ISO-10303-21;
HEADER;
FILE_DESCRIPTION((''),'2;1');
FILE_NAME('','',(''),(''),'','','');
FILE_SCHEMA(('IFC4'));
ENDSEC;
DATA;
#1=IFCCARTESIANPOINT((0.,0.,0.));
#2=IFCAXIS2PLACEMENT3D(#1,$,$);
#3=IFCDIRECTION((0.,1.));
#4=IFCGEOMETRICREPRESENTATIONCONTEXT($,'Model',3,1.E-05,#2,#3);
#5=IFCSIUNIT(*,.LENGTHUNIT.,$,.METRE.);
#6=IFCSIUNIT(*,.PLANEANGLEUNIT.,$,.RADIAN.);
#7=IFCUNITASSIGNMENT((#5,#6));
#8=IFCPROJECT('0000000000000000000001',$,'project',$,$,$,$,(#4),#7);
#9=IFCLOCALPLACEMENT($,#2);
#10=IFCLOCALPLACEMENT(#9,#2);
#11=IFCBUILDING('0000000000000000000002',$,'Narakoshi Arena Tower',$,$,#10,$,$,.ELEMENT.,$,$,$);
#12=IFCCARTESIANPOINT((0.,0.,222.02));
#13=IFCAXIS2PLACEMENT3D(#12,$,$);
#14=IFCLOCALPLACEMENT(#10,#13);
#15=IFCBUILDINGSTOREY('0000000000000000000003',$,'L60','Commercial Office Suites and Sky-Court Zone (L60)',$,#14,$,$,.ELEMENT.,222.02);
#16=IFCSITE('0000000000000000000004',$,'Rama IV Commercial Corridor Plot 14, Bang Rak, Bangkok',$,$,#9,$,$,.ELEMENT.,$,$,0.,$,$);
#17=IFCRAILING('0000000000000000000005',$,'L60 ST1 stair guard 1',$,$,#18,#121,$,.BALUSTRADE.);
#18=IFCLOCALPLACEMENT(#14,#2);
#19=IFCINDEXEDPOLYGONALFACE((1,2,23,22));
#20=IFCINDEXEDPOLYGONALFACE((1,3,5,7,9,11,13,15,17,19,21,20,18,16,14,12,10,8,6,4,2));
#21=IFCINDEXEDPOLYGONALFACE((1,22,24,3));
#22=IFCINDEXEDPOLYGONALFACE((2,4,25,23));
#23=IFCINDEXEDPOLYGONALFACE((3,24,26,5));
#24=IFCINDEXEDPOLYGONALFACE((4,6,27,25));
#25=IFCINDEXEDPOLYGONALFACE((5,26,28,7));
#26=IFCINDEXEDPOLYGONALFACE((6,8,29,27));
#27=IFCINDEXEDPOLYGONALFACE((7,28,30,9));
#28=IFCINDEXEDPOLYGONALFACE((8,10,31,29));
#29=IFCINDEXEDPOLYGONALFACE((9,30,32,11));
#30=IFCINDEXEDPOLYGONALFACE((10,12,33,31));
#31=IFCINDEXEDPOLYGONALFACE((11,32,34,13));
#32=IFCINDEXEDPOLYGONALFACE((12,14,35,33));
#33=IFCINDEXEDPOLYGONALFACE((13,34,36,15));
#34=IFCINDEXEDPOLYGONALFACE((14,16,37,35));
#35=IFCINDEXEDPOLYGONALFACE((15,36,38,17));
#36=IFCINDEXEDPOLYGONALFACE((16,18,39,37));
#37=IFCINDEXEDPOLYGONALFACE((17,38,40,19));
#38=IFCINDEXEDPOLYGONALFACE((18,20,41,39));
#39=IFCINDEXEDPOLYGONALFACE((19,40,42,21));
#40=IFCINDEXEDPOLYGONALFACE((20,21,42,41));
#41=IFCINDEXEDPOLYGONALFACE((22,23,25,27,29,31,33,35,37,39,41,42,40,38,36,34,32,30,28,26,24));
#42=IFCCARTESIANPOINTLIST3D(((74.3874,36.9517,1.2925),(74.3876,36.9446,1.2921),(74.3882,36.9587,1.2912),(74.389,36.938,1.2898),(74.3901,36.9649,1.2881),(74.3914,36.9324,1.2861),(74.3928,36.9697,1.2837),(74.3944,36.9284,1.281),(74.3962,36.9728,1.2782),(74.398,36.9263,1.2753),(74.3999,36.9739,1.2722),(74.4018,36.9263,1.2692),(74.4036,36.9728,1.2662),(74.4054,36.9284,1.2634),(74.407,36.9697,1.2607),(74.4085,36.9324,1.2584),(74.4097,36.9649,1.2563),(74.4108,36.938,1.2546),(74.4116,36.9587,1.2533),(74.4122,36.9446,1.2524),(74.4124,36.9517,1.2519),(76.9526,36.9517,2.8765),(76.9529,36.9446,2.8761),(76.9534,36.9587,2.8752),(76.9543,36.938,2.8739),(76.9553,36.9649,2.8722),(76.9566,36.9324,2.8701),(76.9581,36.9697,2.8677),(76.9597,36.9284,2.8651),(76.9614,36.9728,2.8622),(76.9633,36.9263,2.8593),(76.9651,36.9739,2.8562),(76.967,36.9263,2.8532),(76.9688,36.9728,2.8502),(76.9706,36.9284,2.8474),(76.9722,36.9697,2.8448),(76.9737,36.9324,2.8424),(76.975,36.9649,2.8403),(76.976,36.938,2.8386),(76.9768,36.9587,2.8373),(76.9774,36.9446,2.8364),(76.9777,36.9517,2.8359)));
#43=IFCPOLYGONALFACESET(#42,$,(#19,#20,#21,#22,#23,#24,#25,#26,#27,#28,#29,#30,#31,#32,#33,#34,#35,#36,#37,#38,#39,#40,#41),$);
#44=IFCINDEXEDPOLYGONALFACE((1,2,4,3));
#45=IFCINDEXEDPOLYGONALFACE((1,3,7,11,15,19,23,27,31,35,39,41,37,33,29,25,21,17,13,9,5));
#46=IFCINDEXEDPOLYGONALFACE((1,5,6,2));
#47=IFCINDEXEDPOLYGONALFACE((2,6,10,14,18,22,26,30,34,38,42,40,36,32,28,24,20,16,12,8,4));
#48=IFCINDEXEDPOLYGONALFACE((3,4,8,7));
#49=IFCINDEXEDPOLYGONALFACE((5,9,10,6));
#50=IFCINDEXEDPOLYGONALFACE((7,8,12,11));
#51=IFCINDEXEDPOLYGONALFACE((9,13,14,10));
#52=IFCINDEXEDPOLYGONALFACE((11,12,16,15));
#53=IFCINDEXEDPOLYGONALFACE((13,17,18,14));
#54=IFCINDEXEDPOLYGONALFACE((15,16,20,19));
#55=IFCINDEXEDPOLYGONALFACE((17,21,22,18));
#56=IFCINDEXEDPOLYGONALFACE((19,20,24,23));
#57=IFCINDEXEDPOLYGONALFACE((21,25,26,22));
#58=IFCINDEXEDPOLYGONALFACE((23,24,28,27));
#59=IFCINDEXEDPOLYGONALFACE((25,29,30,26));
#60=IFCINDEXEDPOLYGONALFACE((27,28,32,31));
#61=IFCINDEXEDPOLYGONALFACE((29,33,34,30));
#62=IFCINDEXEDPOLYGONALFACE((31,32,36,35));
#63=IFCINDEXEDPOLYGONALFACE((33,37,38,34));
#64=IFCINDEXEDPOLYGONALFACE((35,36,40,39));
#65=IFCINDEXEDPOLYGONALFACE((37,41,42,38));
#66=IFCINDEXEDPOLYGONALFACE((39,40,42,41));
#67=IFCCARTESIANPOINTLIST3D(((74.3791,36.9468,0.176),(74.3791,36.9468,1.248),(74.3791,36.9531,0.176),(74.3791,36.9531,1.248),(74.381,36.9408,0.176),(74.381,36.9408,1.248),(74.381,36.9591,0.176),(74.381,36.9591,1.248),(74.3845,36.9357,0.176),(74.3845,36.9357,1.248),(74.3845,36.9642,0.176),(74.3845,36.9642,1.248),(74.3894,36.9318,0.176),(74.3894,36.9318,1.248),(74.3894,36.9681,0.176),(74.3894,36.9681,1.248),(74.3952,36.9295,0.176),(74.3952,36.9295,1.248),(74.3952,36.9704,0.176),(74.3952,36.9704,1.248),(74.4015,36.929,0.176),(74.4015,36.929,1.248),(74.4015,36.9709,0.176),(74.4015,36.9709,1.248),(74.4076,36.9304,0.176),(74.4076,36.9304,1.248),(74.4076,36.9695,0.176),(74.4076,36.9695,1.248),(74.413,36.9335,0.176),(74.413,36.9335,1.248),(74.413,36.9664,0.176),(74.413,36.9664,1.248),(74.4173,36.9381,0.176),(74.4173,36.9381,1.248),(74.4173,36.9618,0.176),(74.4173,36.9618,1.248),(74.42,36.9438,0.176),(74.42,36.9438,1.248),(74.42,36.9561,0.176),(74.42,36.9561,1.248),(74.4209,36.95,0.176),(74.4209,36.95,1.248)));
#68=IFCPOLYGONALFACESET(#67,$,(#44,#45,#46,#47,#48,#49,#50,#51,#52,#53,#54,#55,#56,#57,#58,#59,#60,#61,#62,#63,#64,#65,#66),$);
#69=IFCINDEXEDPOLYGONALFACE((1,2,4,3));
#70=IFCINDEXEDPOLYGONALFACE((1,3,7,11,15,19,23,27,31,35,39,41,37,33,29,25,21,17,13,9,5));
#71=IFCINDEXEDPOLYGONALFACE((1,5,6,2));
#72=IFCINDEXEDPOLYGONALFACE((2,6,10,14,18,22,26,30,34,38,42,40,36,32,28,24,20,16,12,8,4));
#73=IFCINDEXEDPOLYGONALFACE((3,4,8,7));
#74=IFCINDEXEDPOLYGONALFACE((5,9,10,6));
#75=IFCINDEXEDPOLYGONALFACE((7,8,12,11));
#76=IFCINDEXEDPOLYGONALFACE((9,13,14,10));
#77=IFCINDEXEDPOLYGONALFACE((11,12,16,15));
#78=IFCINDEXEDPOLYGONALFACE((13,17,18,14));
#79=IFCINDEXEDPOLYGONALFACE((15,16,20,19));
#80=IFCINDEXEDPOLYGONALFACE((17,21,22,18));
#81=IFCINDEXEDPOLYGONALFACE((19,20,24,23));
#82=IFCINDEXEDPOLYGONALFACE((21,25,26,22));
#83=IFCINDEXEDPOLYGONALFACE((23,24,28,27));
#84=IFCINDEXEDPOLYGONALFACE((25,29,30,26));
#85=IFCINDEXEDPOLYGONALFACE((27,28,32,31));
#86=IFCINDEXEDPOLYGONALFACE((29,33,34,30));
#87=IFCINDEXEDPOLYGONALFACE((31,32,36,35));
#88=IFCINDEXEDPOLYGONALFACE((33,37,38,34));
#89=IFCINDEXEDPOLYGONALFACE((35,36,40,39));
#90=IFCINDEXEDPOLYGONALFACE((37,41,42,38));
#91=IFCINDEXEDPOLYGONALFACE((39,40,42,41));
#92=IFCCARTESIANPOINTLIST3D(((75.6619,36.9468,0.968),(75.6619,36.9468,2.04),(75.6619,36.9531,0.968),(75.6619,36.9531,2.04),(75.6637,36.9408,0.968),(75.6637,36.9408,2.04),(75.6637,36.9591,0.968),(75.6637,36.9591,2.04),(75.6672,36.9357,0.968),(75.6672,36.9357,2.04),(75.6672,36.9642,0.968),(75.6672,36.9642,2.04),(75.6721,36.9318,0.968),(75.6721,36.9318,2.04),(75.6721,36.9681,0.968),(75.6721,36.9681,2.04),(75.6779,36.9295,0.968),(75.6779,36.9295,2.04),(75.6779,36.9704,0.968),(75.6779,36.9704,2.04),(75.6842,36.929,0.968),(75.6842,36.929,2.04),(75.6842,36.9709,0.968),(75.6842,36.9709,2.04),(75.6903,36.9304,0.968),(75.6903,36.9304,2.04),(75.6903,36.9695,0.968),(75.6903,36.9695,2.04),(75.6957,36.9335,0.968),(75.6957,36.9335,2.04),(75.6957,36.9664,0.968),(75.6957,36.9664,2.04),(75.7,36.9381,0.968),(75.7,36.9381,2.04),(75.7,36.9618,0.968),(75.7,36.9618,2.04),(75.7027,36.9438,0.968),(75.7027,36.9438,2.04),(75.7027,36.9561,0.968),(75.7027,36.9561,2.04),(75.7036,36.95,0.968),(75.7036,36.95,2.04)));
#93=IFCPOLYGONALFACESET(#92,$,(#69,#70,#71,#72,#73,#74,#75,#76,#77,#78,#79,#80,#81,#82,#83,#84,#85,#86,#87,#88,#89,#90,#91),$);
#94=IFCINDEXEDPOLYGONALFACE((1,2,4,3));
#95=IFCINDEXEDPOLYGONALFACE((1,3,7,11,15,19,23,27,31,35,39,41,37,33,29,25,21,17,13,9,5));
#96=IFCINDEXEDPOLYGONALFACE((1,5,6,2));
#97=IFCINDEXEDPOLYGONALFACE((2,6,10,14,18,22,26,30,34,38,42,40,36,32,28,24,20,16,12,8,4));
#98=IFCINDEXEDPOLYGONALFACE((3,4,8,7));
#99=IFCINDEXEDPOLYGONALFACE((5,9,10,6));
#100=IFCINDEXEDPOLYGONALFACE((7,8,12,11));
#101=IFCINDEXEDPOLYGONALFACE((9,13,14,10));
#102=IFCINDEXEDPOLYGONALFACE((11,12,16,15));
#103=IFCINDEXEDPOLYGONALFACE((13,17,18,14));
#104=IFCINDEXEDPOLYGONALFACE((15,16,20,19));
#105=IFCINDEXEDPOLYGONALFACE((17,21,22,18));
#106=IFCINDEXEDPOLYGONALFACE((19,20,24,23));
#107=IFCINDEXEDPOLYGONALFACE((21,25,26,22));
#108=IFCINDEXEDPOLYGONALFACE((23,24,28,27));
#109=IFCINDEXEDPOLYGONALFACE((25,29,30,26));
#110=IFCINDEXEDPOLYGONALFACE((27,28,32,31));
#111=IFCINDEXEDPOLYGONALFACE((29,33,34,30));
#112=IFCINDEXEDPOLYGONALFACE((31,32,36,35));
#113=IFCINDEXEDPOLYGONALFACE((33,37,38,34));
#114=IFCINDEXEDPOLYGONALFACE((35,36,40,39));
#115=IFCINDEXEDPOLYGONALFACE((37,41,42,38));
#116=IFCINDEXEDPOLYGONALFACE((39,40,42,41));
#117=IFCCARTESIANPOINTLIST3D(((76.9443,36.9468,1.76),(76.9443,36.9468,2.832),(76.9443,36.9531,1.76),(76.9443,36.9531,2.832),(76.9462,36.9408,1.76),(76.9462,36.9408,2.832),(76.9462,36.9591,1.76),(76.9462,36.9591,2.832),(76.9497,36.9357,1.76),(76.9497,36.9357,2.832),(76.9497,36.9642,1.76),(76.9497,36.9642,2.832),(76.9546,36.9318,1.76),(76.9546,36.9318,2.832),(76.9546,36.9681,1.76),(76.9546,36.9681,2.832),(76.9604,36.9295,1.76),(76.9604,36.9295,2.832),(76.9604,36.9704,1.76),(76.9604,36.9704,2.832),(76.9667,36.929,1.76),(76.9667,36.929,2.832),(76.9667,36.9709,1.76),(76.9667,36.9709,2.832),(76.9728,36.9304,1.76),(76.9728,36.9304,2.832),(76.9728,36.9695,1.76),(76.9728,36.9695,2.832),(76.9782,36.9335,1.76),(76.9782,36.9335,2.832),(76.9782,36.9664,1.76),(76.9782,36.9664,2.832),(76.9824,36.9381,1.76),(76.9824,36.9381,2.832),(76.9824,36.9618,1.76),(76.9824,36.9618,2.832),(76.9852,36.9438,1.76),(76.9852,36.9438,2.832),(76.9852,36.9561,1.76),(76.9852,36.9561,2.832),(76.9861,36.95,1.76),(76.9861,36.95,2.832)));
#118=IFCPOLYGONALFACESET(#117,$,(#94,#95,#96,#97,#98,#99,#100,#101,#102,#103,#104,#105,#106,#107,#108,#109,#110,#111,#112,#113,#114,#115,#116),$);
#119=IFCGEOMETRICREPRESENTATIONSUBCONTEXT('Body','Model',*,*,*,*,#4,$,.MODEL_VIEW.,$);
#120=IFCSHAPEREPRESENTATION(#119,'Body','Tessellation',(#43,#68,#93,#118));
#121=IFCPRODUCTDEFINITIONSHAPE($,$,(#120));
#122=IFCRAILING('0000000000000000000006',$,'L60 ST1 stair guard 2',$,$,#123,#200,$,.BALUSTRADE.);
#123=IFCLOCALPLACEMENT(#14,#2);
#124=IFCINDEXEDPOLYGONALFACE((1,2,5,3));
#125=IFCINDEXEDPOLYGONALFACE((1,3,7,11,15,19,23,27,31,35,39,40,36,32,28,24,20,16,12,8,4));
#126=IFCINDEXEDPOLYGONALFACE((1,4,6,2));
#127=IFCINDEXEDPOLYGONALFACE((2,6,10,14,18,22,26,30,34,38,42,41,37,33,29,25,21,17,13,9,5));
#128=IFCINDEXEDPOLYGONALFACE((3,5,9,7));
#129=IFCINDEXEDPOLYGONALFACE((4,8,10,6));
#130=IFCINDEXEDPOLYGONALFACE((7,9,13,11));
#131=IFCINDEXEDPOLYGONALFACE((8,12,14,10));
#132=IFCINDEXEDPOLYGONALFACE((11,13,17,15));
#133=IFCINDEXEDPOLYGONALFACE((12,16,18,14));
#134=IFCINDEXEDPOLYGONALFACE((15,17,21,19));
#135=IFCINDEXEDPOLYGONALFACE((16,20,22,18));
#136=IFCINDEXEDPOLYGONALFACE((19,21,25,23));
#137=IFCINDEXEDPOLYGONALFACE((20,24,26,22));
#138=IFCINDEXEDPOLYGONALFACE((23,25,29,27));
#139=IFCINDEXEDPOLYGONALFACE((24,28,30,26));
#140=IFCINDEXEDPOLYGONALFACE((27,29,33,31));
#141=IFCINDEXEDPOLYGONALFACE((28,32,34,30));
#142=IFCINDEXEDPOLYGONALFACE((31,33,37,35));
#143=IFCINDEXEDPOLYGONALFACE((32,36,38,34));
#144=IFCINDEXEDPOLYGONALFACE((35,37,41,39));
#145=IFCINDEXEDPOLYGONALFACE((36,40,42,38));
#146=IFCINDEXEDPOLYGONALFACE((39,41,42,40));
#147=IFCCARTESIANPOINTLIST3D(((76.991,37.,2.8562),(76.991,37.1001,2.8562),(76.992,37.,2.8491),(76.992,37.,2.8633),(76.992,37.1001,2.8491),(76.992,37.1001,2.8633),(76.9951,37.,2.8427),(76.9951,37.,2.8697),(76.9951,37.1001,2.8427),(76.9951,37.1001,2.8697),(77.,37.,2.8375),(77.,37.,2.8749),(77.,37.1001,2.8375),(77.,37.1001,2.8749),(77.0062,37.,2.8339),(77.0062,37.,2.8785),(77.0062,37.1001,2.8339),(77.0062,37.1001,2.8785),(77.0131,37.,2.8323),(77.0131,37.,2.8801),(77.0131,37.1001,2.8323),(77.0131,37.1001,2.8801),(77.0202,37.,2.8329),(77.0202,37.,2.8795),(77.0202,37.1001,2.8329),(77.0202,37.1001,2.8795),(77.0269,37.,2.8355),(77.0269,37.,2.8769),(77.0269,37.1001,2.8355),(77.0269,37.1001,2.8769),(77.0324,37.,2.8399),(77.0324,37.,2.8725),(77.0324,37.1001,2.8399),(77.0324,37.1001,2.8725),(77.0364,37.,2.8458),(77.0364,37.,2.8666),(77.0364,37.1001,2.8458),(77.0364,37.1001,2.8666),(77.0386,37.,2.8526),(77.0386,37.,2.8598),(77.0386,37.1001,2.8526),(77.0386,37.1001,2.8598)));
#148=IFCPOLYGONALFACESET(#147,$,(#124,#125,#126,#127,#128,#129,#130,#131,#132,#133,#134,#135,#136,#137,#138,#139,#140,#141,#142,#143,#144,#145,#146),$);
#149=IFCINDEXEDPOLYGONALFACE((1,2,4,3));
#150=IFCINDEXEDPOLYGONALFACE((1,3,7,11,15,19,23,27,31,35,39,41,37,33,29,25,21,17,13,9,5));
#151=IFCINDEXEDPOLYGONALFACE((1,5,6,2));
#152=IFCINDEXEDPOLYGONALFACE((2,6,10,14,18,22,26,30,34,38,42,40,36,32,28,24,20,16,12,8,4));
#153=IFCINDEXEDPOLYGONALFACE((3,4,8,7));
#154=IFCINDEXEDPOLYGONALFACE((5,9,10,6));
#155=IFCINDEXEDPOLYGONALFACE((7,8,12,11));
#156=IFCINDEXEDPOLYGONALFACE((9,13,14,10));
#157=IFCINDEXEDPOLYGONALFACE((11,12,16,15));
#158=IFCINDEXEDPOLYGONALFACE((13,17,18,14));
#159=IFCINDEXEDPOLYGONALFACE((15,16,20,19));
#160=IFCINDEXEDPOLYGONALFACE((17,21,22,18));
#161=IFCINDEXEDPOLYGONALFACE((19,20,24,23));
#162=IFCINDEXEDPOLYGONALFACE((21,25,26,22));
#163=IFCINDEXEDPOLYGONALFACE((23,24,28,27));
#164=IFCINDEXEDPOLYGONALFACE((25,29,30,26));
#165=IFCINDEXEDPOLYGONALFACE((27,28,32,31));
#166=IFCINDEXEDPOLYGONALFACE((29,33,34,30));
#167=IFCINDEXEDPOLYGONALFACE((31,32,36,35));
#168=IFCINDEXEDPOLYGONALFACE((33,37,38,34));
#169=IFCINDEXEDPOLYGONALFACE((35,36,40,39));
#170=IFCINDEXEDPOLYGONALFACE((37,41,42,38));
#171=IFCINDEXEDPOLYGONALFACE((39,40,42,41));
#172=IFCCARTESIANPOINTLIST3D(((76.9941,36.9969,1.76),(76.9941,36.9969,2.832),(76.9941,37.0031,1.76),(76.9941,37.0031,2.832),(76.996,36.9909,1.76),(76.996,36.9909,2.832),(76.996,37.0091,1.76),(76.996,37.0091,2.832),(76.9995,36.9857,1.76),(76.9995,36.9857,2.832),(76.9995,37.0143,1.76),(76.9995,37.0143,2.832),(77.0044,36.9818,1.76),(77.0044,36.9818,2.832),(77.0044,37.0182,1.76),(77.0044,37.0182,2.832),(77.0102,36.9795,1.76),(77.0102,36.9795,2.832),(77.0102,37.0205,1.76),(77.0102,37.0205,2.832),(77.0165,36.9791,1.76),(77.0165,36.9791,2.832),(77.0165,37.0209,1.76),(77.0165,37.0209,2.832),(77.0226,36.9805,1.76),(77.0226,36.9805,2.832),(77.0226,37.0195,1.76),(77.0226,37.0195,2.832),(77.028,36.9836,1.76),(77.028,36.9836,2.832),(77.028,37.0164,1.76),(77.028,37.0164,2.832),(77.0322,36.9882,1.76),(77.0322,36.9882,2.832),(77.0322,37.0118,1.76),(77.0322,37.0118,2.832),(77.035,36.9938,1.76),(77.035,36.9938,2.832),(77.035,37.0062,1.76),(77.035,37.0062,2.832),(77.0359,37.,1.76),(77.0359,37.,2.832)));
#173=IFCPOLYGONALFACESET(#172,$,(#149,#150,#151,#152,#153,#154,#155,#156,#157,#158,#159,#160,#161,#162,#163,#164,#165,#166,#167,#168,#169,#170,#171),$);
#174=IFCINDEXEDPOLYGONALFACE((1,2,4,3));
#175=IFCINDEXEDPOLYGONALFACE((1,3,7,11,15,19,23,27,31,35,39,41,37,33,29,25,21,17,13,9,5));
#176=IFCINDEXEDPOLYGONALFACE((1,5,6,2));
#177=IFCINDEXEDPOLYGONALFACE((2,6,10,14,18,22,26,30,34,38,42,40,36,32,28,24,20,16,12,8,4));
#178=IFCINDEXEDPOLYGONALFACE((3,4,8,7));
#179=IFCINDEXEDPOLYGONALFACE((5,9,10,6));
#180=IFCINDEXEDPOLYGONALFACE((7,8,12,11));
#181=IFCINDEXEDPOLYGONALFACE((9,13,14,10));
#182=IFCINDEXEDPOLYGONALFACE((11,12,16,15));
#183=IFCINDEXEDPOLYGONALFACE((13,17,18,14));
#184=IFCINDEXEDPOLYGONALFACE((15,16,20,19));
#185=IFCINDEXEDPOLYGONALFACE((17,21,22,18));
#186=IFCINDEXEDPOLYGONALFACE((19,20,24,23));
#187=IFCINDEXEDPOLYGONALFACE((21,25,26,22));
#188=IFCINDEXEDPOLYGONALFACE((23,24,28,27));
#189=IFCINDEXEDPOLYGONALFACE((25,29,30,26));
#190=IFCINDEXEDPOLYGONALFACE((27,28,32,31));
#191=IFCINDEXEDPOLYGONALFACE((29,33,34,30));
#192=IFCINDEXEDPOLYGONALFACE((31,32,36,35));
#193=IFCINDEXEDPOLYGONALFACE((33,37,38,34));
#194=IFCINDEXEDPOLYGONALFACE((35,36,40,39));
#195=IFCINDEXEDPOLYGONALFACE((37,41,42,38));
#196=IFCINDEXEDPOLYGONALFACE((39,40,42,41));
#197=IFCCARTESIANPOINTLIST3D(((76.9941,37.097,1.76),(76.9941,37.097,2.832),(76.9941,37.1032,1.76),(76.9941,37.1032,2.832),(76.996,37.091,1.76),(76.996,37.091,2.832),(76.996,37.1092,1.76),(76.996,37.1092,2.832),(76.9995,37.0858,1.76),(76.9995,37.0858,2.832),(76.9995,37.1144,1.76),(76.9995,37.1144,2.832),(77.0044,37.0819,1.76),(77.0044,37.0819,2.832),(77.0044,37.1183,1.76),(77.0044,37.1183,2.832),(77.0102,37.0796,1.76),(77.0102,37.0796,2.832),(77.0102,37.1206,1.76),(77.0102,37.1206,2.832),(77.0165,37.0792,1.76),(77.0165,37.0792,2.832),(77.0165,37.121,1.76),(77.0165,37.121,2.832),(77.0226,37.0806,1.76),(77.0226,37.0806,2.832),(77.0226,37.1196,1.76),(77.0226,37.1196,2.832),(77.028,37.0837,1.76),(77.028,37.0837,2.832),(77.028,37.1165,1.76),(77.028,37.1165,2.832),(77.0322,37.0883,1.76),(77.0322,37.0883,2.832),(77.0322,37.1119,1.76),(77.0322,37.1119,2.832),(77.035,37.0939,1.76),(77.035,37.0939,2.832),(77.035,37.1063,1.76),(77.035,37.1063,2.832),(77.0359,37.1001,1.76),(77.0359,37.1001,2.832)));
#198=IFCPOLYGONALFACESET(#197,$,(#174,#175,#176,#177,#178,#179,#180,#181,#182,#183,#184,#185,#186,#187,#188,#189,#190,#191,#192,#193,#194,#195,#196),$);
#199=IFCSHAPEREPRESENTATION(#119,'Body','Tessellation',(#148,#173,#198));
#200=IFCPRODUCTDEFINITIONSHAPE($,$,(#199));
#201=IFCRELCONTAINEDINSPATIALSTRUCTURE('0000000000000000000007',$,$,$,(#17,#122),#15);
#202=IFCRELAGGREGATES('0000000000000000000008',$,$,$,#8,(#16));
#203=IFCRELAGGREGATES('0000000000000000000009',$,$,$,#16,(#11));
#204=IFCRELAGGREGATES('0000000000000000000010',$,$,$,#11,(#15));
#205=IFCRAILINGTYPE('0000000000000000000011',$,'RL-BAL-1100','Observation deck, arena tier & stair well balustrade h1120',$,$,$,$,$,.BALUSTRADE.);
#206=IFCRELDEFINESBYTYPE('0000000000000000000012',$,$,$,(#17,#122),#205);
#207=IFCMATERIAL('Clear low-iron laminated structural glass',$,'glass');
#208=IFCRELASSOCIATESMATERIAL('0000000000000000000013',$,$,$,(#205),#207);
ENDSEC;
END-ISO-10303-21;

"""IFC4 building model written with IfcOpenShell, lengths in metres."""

from ifc_helpers import new_model, si_unit, direction, frame, origin, origin_2d, place, context, subcontext, project, spatial, circle, extrude, material, type_object, element, save


model = new_model("IFC4")

# Units and contexts
model_context = context("Model", 3, precision=1e-05, world=origin(), true_north=direction((0.0, 1.0)))
body_context = subcontext(model_context, "Body", "Model", "MODEL_VIEW")
ifc_project = project(units=[si_unit("LENGTHUNIT", "METRE"), si_unit("PLANEANGLEUNIT", "RADIAN")], contexts=[model_context])

# Site, building, storey
site_placement = place(None, origin())
site = spatial("IfcSite", under=ifc_project, at=site_placement, Name="Rama IV Commercial Corridor Plot 14, Bang Rak, Bangkok", CompositionType="ELEMENT", RefElevation=0.0)
building_placement = place(site_placement, origin())
building = spatial("IfcBuilding", under=site, at=building_placement, Name="Narakoshi Arena Tower", CompositionType="ELEMENT")
storey_placement = place(building_placement, frame((0.0, 0.0, 222.02)))
storey = spatial("IfcBuildingStorey", under=building, at=storey_placement, Name="L60", Description="Commercial Office Suites and Sky-Court Zone (L60)", CompositionType="ELEMENT", Elevation=222.02)

# Railings
ifc_material_1 = material(Name="Clear low-iron laminated structural glass", Category="glass")
railing_type_1 = type_object("IfcRailingType", Name="RL-BAL-1100", Description="Observation deck, arena tier & stair well balustrade h1120", PredefinedType="BALUSTRADE", material=ifc_material_1)
railing_1_placement = place(storey_placement, frame((74.3999, 36.95, 0.176)))
element("IfcRailing", 1, at=railing_1_placement, inside=storey, type_object=railing_type_1, Name="L60 ST1 stair guard 1", PredefinedType="BALUSTRADE", context=body_context, shape_type="SweptSolid", body=[
    extrude(circle(Radius=0.0239, at=origin_2d()), frame((0.0, 0.0, 1.0962), z_axis=(0.850857, 0.0, 0.525398), x_axis=(0.0, 1.0, 0.0)), (0.0, 0.0, 1.0), 3.0149),
    extrude(circle(Radius=0.021, at=origin_2d()), origin(), (0.0, 0.0, 1.0), 1.072),
    extrude(circle(Radius=0.021, at=origin_2d()), frame((1.2827, 0.0, 0.792)), (0.0, 0.0, 1.0), 1.072),
    extrude(circle(Radius=0.021, at=origin_2d()), frame((2.5652, 0.0, 1.584)), (0.0, 0.0, 1.0), 1.072),
])
railing_2_placement = place(storey_placement, frame((77.0149, 37.0, 1.76)))
element("IfcRailing", 2, at=railing_2_placement, inside=storey, type_object=railing_type_1, Name="L60 ST1 stair guard 2", PredefinedType="BALUSTRADE", context=body_context, shape_type="SweptSolid", body=[
    extrude(circle(Radius=0.0239, at=origin_2d()), frame((0.0, 0.0, 1.0962), z_axis=(0.0, 1.0, 0.0), x_axis=(-1.0, 0.0, 0.0)), (0.0, 0.0, 1.0), 0.1001),
    extrude(circle(Radius=0.021, at=origin_2d()), origin(), (0.0, 0.0, 1.0), 1.072),
    extrude(circle(Radius=0.021, at=origin_2d()), frame((0.0, 0.1001, 0.0)), (0.0, 0.0, 1.0), 1.072),
])

save(model, "model.ifc")
